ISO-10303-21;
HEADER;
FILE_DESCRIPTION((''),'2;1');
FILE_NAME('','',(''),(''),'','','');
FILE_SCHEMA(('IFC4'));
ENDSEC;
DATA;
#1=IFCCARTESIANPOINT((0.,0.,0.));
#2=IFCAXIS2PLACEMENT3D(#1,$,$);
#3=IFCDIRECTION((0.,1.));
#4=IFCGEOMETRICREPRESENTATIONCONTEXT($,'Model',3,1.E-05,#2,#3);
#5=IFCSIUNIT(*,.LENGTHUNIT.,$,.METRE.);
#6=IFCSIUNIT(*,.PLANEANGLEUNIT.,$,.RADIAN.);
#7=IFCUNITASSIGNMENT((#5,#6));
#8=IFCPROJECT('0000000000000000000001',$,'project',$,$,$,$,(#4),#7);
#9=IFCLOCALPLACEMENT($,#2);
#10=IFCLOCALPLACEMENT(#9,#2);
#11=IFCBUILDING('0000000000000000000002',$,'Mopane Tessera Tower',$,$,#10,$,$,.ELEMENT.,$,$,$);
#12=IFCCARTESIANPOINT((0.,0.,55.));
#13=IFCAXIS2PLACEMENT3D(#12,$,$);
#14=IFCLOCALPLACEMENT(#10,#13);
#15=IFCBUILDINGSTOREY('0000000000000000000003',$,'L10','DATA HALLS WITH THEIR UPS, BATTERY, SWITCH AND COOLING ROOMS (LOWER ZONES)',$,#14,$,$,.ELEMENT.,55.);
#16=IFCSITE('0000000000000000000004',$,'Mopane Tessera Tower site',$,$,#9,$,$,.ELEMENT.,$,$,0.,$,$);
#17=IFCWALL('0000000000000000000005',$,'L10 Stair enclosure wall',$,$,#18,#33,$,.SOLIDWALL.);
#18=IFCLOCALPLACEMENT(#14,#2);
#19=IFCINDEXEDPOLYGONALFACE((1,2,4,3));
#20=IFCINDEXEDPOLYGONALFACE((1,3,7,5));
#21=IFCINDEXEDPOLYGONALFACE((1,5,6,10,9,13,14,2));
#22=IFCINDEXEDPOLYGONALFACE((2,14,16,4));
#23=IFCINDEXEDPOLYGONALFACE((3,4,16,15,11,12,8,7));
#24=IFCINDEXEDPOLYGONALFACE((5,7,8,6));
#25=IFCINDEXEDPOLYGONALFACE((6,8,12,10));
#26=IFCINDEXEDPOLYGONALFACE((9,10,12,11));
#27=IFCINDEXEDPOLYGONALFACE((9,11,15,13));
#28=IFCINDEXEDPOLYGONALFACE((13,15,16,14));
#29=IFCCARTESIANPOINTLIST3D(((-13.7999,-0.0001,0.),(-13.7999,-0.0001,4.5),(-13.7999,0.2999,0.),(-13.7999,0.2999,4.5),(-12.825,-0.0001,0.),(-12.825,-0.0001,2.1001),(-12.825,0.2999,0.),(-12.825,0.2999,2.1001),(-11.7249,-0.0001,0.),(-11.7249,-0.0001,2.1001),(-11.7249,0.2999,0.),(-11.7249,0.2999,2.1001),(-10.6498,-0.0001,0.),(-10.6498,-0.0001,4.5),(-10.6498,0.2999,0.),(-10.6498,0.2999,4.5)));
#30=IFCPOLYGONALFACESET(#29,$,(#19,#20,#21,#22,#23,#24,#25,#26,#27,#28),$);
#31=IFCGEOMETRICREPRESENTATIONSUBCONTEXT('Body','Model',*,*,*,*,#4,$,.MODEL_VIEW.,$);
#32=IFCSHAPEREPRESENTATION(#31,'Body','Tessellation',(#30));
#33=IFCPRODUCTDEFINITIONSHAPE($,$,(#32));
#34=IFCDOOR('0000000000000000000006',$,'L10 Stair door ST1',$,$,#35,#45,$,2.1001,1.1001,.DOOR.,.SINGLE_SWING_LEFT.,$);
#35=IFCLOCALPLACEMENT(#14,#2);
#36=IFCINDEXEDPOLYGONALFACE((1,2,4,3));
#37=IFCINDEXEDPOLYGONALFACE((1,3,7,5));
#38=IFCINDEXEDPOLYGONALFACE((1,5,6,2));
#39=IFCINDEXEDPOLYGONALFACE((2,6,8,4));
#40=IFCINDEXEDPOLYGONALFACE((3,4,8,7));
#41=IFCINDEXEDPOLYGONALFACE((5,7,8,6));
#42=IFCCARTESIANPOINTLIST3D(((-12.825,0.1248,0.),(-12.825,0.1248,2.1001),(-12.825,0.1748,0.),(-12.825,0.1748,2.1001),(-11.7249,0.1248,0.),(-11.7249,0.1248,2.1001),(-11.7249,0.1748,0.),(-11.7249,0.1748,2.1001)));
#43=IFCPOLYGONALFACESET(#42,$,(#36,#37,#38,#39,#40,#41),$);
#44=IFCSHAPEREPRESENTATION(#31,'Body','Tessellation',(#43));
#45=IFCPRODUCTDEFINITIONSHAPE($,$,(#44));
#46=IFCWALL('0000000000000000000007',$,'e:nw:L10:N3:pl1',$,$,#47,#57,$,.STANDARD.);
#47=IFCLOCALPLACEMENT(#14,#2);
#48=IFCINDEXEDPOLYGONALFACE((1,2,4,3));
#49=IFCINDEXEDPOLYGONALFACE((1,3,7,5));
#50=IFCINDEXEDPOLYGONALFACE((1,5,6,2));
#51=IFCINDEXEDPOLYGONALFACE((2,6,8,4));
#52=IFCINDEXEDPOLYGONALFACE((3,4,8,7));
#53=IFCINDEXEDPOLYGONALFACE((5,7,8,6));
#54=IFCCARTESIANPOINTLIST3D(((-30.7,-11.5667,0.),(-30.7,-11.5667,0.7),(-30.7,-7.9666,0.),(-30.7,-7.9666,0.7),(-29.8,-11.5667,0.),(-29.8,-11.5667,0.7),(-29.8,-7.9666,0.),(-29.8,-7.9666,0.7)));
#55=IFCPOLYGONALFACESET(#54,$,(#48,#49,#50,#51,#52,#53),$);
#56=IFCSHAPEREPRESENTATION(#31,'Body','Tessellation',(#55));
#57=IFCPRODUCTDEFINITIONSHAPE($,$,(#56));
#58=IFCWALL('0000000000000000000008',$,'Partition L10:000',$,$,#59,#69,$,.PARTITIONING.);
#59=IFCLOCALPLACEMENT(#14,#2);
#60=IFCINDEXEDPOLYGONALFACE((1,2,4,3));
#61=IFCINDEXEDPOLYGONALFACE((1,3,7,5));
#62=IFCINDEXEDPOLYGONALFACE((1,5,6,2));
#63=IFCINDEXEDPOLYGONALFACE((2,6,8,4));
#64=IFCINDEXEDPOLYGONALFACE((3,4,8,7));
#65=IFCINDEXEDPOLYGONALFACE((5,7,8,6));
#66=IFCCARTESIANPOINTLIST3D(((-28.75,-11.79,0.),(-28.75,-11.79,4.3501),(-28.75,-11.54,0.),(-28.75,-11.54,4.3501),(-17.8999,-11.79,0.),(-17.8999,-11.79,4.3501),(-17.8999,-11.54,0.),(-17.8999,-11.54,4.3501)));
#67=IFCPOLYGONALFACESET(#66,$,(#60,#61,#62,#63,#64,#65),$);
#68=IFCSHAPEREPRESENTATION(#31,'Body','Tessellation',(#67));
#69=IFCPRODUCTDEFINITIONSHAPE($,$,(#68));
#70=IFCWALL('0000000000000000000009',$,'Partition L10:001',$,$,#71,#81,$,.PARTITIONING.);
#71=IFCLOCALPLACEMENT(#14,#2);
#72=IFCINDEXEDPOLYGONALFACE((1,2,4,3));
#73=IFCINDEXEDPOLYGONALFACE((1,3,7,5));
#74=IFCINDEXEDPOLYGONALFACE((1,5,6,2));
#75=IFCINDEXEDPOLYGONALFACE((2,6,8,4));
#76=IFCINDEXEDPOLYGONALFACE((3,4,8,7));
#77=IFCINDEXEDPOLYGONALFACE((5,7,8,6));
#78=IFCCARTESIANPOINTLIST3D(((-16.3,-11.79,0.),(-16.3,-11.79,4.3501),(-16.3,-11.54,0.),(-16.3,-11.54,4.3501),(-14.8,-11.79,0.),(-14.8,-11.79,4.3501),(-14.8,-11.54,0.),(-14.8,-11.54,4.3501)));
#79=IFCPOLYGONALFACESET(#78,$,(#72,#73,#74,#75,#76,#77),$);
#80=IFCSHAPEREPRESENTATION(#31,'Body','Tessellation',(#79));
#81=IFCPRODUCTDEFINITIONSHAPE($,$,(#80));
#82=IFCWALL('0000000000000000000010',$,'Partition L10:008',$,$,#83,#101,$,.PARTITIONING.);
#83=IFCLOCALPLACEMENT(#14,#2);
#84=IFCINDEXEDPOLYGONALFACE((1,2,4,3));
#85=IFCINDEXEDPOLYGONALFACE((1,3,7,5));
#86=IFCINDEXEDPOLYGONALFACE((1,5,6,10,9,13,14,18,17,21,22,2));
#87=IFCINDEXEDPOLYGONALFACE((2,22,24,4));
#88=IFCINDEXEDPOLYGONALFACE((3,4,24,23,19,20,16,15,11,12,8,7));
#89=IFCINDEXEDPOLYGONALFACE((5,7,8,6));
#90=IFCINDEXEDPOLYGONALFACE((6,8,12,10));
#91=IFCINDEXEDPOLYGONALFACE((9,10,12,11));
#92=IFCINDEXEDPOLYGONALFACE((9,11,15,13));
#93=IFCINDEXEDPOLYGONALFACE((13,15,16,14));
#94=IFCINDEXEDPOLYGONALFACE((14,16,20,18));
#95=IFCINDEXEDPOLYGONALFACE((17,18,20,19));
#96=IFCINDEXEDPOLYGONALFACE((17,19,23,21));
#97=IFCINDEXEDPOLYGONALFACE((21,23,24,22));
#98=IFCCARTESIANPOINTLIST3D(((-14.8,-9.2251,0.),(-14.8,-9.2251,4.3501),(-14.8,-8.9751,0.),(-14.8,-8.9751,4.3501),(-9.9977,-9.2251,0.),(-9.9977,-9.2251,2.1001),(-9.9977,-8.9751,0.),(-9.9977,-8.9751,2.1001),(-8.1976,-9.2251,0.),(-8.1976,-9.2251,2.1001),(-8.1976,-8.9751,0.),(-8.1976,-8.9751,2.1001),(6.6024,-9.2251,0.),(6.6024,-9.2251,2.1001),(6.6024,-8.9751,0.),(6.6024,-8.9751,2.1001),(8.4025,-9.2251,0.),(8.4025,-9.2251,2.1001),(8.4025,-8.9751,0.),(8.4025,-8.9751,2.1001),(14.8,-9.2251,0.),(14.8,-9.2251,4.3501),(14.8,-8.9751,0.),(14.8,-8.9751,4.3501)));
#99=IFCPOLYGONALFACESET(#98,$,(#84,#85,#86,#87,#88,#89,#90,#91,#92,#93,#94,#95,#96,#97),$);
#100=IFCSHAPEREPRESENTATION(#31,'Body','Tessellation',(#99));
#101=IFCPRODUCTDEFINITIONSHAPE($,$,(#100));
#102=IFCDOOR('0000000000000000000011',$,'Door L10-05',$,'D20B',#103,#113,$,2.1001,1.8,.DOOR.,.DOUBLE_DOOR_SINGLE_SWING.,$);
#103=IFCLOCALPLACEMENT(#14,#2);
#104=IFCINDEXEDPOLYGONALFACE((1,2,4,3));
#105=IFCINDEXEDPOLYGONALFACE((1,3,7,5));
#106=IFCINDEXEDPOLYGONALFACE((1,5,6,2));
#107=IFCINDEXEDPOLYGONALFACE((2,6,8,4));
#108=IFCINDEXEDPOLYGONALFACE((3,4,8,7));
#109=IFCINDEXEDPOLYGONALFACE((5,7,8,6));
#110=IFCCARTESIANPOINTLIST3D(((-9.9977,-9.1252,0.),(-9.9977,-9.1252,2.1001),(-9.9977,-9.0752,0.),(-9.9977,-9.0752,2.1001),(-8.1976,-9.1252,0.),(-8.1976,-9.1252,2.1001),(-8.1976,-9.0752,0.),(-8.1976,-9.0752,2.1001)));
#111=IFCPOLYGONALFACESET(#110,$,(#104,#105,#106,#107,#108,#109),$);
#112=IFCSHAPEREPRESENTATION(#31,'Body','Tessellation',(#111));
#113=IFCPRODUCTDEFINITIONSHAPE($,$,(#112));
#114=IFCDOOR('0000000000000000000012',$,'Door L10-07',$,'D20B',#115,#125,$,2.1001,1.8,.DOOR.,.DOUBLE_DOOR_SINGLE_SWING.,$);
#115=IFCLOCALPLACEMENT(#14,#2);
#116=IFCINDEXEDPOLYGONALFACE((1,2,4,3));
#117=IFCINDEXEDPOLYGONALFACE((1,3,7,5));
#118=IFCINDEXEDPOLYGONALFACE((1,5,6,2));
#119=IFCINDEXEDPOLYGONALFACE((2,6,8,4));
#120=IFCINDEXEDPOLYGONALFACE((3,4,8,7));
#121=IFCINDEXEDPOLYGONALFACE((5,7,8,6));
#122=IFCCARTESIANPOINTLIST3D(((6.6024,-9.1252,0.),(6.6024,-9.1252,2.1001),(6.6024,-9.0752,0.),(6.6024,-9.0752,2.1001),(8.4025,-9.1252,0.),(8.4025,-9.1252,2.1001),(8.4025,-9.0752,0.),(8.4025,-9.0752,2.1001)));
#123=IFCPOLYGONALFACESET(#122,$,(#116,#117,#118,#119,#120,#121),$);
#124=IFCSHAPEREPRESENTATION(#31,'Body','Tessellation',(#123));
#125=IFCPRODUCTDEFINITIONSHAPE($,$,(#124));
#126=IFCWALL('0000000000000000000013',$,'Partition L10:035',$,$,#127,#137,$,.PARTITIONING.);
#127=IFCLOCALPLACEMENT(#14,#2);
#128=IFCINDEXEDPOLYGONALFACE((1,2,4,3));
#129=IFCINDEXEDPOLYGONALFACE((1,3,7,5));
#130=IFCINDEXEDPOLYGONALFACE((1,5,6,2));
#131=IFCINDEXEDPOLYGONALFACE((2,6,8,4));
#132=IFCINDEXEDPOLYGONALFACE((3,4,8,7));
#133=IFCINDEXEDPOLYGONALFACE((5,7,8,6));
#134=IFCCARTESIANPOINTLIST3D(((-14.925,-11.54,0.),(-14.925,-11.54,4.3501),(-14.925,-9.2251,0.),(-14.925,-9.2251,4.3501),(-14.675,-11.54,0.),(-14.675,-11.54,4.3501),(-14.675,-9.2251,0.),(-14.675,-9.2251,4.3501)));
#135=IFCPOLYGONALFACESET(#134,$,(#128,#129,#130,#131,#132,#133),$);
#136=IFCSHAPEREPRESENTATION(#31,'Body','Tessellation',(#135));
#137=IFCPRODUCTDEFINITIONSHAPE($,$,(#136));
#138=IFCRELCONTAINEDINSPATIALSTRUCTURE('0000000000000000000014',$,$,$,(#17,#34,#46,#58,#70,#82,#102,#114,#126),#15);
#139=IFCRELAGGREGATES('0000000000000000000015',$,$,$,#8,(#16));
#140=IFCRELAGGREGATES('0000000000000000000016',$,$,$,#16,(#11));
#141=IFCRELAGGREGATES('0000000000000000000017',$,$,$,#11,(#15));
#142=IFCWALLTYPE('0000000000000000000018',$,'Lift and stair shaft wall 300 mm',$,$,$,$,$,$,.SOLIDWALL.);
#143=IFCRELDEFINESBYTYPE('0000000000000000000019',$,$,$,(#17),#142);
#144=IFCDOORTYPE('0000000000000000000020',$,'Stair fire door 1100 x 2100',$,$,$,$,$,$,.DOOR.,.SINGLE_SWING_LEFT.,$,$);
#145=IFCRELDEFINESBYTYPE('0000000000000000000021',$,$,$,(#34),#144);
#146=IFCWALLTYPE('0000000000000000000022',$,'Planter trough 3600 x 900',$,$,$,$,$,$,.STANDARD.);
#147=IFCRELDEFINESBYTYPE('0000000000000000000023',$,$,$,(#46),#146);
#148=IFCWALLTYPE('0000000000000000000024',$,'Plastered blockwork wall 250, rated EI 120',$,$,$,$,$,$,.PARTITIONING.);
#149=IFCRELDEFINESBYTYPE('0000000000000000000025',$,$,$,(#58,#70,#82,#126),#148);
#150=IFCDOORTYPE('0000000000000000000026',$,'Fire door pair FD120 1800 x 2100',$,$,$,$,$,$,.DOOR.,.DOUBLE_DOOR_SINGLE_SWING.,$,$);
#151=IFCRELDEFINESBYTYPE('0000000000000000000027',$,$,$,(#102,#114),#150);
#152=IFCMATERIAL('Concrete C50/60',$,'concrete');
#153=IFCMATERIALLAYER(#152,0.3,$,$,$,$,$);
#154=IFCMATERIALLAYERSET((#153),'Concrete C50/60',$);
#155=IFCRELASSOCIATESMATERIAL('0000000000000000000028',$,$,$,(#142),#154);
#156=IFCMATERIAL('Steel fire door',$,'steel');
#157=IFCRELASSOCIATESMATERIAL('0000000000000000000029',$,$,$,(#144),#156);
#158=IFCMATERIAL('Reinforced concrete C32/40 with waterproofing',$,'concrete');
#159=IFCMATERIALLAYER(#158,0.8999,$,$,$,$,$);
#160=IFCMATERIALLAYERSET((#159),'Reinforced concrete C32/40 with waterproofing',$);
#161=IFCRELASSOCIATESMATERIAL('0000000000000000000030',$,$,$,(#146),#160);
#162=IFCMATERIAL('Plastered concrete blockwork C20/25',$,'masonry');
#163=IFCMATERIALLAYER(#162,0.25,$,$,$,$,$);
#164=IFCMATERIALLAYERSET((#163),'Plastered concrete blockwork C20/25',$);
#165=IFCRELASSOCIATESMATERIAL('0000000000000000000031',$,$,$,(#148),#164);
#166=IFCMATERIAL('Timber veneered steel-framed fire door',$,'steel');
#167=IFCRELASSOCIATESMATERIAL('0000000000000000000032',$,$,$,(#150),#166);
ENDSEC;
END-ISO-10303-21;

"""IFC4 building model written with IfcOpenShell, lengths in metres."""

from ifc_helpers import new_model, si_unit, direction, frame, frame_2d, origin, place, context, subcontext, project, spatial, rectangle, extrude, material, layer, layer_set, type_object, element, fill, save


model = new_model("IFC4")

# Units and contexts
model_context = context("Model", 3, precision=1e-05, world=origin(), true_north=direction((0.0, 1.0)))
body_context = subcontext(model_context, "Body", "Model", "MODEL_VIEW")
ifc_project = project(units=[si_unit("LENGTHUNIT", "METRE"), si_unit("PLANEANGLEUNIT", "RADIAN")], contexts=[model_context])

# Site, building, storey
site_placement = place(None, origin())
site = spatial("IfcSite", under=ifc_project, at=site_placement, Name="Mopane Tessera Tower site", CompositionType="ELEMENT", RefElevation=0.0)
building_placement = place(site_placement, origin())
building = spatial("IfcBuilding", under=site, at=building_placement, Name="Mopane Tessera Tower", CompositionType="ELEMENT")
storey_placement = place(building_placement, frame((0.0, 0.0, 55.0)))
storey = spatial("IfcBuildingStorey", under=building, at=storey_placement, Name="L10", Description="DATA HALLS WITH THEIR UPS, BATTERY, SWITCH AND COOLING ROOMS (LOWER ZONES)", CompositionType="ELEMENT", Elevation=55.0)

# Wall, opening, door
ifc_material_1 = material(Name="Concrete C50/60", Category="concrete")
ifc_layer_1 = layer(ifc_material_1, 0.3)
ifc_layer_set_1 = layer_set([ifc_layer_1], Name="Concrete C50/60")
wall_type_1 = type_object("IfcWallType", Name="Lift and stair shaft wall 300 mm", PredefinedType="SOLIDWALL", material=ifc_layer_set_1)
wall_1_placement = place(storey_placement, frame((-13.8, 0.1499, 0.0), z_axis=(0.0, 0.0, 1.0), x_axis=(1.0, 0.0, 0.0)))
wall_1 = element("IfcWall", 1, at=wall_1_placement, inside=storey, type_object=wall_type_1, Name="L10 Stair enclosure wall", PredefinedType="SOLIDWALL", context=body_context, shape_type="SweptSolid", body=[
    extrude(rectangle(XDim=3.1501, YDim=0.3, at=frame_2d((1.5752, 0.0))), origin(), (0.0, 0.0, 1.0), 4.5),
])
opening_1_placement = place(wall_1_placement, frame((0.9751, 0.0, 0.0)))
opening_1 = element("IfcOpeningElement", 2, at=opening_1_placement, cuts=wall_1, PredefinedType="OPENING", context=body_context, shape_type="SweptSolid", body=[
    extrude(rectangle(XDim=1.1001, YDim=2.1001, at=frame_2d((0.55, 1.05))), frame((0.0, 0.1621, 0.0), z_axis=(0.0, -1.0, 0.0), x_axis=(1.0, 0.0, 0.0)), (0.0, 0.0, 1.0), 0.324),
])
ifc_material_2 = material(Name="Steel fire door", Category="steel")
door_type_1 = type_object("IfcDoorType", Name="Stair fire door 1100 x 2100", OperationType="SINGLE_SWING_LEFT", PredefinedType="DOOR", material=ifc_material_2)
door_1_placement = place(opening_1_placement, origin())
door_1 = element("IfcDoor", 3, at=door_1_placement, inside=storey, type_object=door_type_1, Name="L10 Stair door ST1", OperationType="SINGLE_SWING_LEFT", OverallHeight=2.1001, OverallWidth=1.1001, PredefinedType="DOOR", context=body_context, shape_type="SweptSolid", body=[
    extrude(rectangle(XDim=1.1001, YDim=2.1001, at=frame_2d((0.55, 1.05))), frame((0.0, 0.0249, 0.0), z_axis=(0.0, -1.0, 0.0), x_axis=(1.0, 0.0, 0.0)), (0.0, 0.0, 1.0), 0.05),
])
fill(opening_1, door_1)

# Walls
ifc_material_3 = material(Name="Reinforced concrete C32/40 with waterproofing", Category="concrete")
ifc_layer_2 = layer(ifc_material_3, 0.8999)
ifc_layer_set_2 = layer_set([ifc_layer_2], Name="Reinforced concrete C32/40 with waterproofing")
wall_type_2 = type_object("IfcWallType", Name="Planter trough 3600 x 900", PredefinedType="STANDARD", material=ifc_layer_set_2)
wall_2_placement = place(storey_placement, frame((-30.25, -7.9666, 0.0), z_axis=(0.0, 0.0, 1.0), x_axis=(0.0, -1.0, 0.0)))
element("IfcWall", 4, at=wall_2_placement, inside=storey, type_object=wall_type_2, Name="e:nw:L10:N3:pl1", PredefinedType="STANDARD", context=body_context, shape_type="SweptSolid", body=[
    extrude(rectangle(XDim=3.6001, YDim=0.8999, at=frame_2d((1.8, 0.0))), origin(), (0.0, 0.0, 1.0), 0.7),
])
ifc_material_4 = material(Name="Plastered concrete blockwork C20/25", Category="masonry")
ifc_layer_3 = layer(ifc_material_4, 0.25)
ifc_layer_set_3 = layer_set([ifc_layer_3], Name="Plastered concrete blockwork C20/25")
wall_type_3 = type_object("IfcWallType", Name="Plastered blockwork wall 250, rated EI 120", PredefinedType="PARTITIONING", material=ifc_layer_set_3)
wall_3_placement = place(storey_placement, frame((-28.75, -11.665, 0.0), z_axis=(0.0, 0.0, 1.0), x_axis=(1.0, 0.0, 0.0)))
element("IfcWall", 5, at=wall_3_placement, inside=storey, type_object=wall_type_3, Name="Partition L10:000", PredefinedType="PARTITIONING", context=body_context, shape_type="SweptSolid", body=[
    extrude(rectangle(XDim=10.8501, YDim=0.25, at=frame_2d((5.425, 0.0))), origin(), (0.0, 0.0, 1.0), 4.3501),
])
wall_4_placement = place(storey_placement, frame((-16.3, -11.665, 0.0), z_axis=(0.0, 0.0, 1.0), x_axis=(1.0, 0.0, 0.0)))
element("IfcWall", 6, at=wall_4_placement, inside=storey, type_object=wall_type_3, Name="Partition L10:001", PredefinedType="PARTITIONING", context=body_context, shape_type="SweptSolid", body=[
    extrude(rectangle(XDim=1.5, YDim=0.25, at=frame_2d((0.75, 0.0))), origin(), (0.0, 0.0, 1.0), 4.3501),
])

# Wall, openings, doors
wall_5_placement = place(storey_placement, frame((-14.8, -9.1001, 0.0), z_axis=(0.0, 0.0, 1.0), x_axis=(1.0, 0.0, 0.0)))
wall_5 = element("IfcWall", 7, at=wall_5_placement, inside=storey, type_object=wall_type_3, Name="Partition L10:008", PredefinedType="PARTITIONING", context=body_context, shape_type="SweptSolid", body=[
    extrude(rectangle(XDim=29.6001, YDim=0.25, at=frame_2d((14.8, 0.0))), origin(), (0.0, 0.0, 1.0), 4.3501),
])
opening_2_placement = place(wall_5_placement, frame((4.8025, 0.0, 0.0)))
opening_2 = element("IfcOpeningElement", 8, at=opening_2_placement, cuts=wall_5, PredefinedType="OPENING", context=body_context, shape_type="SweptSolid", body=[
    extrude(rectangle(XDim=1.8, YDim=2.1001, at=frame_2d((0.8999, 1.05))), frame((0.0, 0.137, 0.0), z_axis=(0.0, -1.0, 0.0), x_axis=(1.0, 0.0, 0.0)), (0.0, 0.0, 1.0), 0.2739),
])
opening_3_placement = place(wall_5_placement, frame((21.4026, 0.0, 0.0)))
opening_3 = element("IfcOpeningElement", 9, at=opening_3_placement, cuts=wall_5, PredefinedType="OPENING", context=body_context, shape_type="SweptSolid", body=[
    extrude(rectangle(XDim=1.8, YDim=2.1001, at=frame_2d((0.8999, 1.05))), frame((0.0, 0.137, 0.0), z_axis=(0.0, -1.0, 0.0), x_axis=(1.0, 0.0, 0.0)), (0.0, 0.0, 1.0), 0.2739),
])
ifc_material_5 = material(Name="Timber veneered steel-framed fire door", Category="steel")
door_type_2 = type_object("IfcDoorType", Name="Fire door pair FD120 1800 x 2100", OperationType="DOUBLE_DOOR_SINGLE_SWING", PredefinedType="DOOR", material=ifc_material_5)
door_2_placement = place(opening_2_placement, origin())
door_2 = element("IfcDoor", 10, at=door_2_placement, inside=storey, type_object=door_type_2, Name="Door L10-05", ObjectType="D20B", OperationType="DOUBLE_DOOR_SINGLE_SWING", OverallHeight=2.1001, OverallWidth=1.8, PredefinedType="DOOR", context=body_context, shape_type="SweptSolid", body=[
    extrude(rectangle(XDim=1.8, YDim=2.1001, at=frame_2d((0.8999, 1.05))), frame((0.0, 0.0249, 0.0), z_axis=(0.0, -1.0, 0.0), x_axis=(1.0, 0.0, 0.0)), (0.0, 0.0, 1.0), 0.05),
])
fill(opening_2, door_2)
door_3_placement = place(opening_3_placement, origin())
door_3 = element("IfcDoor", 11, at=door_3_placement, inside=storey, type_object=door_type_2, Name="Door L10-07", ObjectType="D20B", OperationType="DOUBLE_DOOR_SINGLE_SWING", OverallHeight=2.1001, OverallWidth=1.8, PredefinedType="DOOR", context=body_context, shape_type="SweptSolid", body=[
    extrude(rectangle(XDim=1.8, YDim=2.1001, at=frame_2d((0.8999, 1.05))), frame((0.0, 0.0249, 0.0), z_axis=(0.0, -1.0, 0.0), x_axis=(1.0, 0.0, 0.0)), (0.0, 0.0, 1.0), 0.05),
])
fill(opening_3, door_3)

# Wall
wall_6_placement = place(storey_placement, frame((-14.8, -11.54, 0.0), z_axis=(0.0, 0.0, 1.0), x_axis=(0.0, 1.0, 0.0)))
element("IfcWall", 12, at=wall_6_placement, inside=storey, type_object=wall_type_3, Name="Partition L10:035", PredefinedType="PARTITIONING", context=body_context, shape_type="SweptSolid", body=[
    extrude(rectangle(XDim=2.3149, YDim=0.25, at=frame_2d((1.1575, 0.0))), origin(), (0.0, 0.0, 1.0), 4.3501),
])

save(model, "model.ifc")
